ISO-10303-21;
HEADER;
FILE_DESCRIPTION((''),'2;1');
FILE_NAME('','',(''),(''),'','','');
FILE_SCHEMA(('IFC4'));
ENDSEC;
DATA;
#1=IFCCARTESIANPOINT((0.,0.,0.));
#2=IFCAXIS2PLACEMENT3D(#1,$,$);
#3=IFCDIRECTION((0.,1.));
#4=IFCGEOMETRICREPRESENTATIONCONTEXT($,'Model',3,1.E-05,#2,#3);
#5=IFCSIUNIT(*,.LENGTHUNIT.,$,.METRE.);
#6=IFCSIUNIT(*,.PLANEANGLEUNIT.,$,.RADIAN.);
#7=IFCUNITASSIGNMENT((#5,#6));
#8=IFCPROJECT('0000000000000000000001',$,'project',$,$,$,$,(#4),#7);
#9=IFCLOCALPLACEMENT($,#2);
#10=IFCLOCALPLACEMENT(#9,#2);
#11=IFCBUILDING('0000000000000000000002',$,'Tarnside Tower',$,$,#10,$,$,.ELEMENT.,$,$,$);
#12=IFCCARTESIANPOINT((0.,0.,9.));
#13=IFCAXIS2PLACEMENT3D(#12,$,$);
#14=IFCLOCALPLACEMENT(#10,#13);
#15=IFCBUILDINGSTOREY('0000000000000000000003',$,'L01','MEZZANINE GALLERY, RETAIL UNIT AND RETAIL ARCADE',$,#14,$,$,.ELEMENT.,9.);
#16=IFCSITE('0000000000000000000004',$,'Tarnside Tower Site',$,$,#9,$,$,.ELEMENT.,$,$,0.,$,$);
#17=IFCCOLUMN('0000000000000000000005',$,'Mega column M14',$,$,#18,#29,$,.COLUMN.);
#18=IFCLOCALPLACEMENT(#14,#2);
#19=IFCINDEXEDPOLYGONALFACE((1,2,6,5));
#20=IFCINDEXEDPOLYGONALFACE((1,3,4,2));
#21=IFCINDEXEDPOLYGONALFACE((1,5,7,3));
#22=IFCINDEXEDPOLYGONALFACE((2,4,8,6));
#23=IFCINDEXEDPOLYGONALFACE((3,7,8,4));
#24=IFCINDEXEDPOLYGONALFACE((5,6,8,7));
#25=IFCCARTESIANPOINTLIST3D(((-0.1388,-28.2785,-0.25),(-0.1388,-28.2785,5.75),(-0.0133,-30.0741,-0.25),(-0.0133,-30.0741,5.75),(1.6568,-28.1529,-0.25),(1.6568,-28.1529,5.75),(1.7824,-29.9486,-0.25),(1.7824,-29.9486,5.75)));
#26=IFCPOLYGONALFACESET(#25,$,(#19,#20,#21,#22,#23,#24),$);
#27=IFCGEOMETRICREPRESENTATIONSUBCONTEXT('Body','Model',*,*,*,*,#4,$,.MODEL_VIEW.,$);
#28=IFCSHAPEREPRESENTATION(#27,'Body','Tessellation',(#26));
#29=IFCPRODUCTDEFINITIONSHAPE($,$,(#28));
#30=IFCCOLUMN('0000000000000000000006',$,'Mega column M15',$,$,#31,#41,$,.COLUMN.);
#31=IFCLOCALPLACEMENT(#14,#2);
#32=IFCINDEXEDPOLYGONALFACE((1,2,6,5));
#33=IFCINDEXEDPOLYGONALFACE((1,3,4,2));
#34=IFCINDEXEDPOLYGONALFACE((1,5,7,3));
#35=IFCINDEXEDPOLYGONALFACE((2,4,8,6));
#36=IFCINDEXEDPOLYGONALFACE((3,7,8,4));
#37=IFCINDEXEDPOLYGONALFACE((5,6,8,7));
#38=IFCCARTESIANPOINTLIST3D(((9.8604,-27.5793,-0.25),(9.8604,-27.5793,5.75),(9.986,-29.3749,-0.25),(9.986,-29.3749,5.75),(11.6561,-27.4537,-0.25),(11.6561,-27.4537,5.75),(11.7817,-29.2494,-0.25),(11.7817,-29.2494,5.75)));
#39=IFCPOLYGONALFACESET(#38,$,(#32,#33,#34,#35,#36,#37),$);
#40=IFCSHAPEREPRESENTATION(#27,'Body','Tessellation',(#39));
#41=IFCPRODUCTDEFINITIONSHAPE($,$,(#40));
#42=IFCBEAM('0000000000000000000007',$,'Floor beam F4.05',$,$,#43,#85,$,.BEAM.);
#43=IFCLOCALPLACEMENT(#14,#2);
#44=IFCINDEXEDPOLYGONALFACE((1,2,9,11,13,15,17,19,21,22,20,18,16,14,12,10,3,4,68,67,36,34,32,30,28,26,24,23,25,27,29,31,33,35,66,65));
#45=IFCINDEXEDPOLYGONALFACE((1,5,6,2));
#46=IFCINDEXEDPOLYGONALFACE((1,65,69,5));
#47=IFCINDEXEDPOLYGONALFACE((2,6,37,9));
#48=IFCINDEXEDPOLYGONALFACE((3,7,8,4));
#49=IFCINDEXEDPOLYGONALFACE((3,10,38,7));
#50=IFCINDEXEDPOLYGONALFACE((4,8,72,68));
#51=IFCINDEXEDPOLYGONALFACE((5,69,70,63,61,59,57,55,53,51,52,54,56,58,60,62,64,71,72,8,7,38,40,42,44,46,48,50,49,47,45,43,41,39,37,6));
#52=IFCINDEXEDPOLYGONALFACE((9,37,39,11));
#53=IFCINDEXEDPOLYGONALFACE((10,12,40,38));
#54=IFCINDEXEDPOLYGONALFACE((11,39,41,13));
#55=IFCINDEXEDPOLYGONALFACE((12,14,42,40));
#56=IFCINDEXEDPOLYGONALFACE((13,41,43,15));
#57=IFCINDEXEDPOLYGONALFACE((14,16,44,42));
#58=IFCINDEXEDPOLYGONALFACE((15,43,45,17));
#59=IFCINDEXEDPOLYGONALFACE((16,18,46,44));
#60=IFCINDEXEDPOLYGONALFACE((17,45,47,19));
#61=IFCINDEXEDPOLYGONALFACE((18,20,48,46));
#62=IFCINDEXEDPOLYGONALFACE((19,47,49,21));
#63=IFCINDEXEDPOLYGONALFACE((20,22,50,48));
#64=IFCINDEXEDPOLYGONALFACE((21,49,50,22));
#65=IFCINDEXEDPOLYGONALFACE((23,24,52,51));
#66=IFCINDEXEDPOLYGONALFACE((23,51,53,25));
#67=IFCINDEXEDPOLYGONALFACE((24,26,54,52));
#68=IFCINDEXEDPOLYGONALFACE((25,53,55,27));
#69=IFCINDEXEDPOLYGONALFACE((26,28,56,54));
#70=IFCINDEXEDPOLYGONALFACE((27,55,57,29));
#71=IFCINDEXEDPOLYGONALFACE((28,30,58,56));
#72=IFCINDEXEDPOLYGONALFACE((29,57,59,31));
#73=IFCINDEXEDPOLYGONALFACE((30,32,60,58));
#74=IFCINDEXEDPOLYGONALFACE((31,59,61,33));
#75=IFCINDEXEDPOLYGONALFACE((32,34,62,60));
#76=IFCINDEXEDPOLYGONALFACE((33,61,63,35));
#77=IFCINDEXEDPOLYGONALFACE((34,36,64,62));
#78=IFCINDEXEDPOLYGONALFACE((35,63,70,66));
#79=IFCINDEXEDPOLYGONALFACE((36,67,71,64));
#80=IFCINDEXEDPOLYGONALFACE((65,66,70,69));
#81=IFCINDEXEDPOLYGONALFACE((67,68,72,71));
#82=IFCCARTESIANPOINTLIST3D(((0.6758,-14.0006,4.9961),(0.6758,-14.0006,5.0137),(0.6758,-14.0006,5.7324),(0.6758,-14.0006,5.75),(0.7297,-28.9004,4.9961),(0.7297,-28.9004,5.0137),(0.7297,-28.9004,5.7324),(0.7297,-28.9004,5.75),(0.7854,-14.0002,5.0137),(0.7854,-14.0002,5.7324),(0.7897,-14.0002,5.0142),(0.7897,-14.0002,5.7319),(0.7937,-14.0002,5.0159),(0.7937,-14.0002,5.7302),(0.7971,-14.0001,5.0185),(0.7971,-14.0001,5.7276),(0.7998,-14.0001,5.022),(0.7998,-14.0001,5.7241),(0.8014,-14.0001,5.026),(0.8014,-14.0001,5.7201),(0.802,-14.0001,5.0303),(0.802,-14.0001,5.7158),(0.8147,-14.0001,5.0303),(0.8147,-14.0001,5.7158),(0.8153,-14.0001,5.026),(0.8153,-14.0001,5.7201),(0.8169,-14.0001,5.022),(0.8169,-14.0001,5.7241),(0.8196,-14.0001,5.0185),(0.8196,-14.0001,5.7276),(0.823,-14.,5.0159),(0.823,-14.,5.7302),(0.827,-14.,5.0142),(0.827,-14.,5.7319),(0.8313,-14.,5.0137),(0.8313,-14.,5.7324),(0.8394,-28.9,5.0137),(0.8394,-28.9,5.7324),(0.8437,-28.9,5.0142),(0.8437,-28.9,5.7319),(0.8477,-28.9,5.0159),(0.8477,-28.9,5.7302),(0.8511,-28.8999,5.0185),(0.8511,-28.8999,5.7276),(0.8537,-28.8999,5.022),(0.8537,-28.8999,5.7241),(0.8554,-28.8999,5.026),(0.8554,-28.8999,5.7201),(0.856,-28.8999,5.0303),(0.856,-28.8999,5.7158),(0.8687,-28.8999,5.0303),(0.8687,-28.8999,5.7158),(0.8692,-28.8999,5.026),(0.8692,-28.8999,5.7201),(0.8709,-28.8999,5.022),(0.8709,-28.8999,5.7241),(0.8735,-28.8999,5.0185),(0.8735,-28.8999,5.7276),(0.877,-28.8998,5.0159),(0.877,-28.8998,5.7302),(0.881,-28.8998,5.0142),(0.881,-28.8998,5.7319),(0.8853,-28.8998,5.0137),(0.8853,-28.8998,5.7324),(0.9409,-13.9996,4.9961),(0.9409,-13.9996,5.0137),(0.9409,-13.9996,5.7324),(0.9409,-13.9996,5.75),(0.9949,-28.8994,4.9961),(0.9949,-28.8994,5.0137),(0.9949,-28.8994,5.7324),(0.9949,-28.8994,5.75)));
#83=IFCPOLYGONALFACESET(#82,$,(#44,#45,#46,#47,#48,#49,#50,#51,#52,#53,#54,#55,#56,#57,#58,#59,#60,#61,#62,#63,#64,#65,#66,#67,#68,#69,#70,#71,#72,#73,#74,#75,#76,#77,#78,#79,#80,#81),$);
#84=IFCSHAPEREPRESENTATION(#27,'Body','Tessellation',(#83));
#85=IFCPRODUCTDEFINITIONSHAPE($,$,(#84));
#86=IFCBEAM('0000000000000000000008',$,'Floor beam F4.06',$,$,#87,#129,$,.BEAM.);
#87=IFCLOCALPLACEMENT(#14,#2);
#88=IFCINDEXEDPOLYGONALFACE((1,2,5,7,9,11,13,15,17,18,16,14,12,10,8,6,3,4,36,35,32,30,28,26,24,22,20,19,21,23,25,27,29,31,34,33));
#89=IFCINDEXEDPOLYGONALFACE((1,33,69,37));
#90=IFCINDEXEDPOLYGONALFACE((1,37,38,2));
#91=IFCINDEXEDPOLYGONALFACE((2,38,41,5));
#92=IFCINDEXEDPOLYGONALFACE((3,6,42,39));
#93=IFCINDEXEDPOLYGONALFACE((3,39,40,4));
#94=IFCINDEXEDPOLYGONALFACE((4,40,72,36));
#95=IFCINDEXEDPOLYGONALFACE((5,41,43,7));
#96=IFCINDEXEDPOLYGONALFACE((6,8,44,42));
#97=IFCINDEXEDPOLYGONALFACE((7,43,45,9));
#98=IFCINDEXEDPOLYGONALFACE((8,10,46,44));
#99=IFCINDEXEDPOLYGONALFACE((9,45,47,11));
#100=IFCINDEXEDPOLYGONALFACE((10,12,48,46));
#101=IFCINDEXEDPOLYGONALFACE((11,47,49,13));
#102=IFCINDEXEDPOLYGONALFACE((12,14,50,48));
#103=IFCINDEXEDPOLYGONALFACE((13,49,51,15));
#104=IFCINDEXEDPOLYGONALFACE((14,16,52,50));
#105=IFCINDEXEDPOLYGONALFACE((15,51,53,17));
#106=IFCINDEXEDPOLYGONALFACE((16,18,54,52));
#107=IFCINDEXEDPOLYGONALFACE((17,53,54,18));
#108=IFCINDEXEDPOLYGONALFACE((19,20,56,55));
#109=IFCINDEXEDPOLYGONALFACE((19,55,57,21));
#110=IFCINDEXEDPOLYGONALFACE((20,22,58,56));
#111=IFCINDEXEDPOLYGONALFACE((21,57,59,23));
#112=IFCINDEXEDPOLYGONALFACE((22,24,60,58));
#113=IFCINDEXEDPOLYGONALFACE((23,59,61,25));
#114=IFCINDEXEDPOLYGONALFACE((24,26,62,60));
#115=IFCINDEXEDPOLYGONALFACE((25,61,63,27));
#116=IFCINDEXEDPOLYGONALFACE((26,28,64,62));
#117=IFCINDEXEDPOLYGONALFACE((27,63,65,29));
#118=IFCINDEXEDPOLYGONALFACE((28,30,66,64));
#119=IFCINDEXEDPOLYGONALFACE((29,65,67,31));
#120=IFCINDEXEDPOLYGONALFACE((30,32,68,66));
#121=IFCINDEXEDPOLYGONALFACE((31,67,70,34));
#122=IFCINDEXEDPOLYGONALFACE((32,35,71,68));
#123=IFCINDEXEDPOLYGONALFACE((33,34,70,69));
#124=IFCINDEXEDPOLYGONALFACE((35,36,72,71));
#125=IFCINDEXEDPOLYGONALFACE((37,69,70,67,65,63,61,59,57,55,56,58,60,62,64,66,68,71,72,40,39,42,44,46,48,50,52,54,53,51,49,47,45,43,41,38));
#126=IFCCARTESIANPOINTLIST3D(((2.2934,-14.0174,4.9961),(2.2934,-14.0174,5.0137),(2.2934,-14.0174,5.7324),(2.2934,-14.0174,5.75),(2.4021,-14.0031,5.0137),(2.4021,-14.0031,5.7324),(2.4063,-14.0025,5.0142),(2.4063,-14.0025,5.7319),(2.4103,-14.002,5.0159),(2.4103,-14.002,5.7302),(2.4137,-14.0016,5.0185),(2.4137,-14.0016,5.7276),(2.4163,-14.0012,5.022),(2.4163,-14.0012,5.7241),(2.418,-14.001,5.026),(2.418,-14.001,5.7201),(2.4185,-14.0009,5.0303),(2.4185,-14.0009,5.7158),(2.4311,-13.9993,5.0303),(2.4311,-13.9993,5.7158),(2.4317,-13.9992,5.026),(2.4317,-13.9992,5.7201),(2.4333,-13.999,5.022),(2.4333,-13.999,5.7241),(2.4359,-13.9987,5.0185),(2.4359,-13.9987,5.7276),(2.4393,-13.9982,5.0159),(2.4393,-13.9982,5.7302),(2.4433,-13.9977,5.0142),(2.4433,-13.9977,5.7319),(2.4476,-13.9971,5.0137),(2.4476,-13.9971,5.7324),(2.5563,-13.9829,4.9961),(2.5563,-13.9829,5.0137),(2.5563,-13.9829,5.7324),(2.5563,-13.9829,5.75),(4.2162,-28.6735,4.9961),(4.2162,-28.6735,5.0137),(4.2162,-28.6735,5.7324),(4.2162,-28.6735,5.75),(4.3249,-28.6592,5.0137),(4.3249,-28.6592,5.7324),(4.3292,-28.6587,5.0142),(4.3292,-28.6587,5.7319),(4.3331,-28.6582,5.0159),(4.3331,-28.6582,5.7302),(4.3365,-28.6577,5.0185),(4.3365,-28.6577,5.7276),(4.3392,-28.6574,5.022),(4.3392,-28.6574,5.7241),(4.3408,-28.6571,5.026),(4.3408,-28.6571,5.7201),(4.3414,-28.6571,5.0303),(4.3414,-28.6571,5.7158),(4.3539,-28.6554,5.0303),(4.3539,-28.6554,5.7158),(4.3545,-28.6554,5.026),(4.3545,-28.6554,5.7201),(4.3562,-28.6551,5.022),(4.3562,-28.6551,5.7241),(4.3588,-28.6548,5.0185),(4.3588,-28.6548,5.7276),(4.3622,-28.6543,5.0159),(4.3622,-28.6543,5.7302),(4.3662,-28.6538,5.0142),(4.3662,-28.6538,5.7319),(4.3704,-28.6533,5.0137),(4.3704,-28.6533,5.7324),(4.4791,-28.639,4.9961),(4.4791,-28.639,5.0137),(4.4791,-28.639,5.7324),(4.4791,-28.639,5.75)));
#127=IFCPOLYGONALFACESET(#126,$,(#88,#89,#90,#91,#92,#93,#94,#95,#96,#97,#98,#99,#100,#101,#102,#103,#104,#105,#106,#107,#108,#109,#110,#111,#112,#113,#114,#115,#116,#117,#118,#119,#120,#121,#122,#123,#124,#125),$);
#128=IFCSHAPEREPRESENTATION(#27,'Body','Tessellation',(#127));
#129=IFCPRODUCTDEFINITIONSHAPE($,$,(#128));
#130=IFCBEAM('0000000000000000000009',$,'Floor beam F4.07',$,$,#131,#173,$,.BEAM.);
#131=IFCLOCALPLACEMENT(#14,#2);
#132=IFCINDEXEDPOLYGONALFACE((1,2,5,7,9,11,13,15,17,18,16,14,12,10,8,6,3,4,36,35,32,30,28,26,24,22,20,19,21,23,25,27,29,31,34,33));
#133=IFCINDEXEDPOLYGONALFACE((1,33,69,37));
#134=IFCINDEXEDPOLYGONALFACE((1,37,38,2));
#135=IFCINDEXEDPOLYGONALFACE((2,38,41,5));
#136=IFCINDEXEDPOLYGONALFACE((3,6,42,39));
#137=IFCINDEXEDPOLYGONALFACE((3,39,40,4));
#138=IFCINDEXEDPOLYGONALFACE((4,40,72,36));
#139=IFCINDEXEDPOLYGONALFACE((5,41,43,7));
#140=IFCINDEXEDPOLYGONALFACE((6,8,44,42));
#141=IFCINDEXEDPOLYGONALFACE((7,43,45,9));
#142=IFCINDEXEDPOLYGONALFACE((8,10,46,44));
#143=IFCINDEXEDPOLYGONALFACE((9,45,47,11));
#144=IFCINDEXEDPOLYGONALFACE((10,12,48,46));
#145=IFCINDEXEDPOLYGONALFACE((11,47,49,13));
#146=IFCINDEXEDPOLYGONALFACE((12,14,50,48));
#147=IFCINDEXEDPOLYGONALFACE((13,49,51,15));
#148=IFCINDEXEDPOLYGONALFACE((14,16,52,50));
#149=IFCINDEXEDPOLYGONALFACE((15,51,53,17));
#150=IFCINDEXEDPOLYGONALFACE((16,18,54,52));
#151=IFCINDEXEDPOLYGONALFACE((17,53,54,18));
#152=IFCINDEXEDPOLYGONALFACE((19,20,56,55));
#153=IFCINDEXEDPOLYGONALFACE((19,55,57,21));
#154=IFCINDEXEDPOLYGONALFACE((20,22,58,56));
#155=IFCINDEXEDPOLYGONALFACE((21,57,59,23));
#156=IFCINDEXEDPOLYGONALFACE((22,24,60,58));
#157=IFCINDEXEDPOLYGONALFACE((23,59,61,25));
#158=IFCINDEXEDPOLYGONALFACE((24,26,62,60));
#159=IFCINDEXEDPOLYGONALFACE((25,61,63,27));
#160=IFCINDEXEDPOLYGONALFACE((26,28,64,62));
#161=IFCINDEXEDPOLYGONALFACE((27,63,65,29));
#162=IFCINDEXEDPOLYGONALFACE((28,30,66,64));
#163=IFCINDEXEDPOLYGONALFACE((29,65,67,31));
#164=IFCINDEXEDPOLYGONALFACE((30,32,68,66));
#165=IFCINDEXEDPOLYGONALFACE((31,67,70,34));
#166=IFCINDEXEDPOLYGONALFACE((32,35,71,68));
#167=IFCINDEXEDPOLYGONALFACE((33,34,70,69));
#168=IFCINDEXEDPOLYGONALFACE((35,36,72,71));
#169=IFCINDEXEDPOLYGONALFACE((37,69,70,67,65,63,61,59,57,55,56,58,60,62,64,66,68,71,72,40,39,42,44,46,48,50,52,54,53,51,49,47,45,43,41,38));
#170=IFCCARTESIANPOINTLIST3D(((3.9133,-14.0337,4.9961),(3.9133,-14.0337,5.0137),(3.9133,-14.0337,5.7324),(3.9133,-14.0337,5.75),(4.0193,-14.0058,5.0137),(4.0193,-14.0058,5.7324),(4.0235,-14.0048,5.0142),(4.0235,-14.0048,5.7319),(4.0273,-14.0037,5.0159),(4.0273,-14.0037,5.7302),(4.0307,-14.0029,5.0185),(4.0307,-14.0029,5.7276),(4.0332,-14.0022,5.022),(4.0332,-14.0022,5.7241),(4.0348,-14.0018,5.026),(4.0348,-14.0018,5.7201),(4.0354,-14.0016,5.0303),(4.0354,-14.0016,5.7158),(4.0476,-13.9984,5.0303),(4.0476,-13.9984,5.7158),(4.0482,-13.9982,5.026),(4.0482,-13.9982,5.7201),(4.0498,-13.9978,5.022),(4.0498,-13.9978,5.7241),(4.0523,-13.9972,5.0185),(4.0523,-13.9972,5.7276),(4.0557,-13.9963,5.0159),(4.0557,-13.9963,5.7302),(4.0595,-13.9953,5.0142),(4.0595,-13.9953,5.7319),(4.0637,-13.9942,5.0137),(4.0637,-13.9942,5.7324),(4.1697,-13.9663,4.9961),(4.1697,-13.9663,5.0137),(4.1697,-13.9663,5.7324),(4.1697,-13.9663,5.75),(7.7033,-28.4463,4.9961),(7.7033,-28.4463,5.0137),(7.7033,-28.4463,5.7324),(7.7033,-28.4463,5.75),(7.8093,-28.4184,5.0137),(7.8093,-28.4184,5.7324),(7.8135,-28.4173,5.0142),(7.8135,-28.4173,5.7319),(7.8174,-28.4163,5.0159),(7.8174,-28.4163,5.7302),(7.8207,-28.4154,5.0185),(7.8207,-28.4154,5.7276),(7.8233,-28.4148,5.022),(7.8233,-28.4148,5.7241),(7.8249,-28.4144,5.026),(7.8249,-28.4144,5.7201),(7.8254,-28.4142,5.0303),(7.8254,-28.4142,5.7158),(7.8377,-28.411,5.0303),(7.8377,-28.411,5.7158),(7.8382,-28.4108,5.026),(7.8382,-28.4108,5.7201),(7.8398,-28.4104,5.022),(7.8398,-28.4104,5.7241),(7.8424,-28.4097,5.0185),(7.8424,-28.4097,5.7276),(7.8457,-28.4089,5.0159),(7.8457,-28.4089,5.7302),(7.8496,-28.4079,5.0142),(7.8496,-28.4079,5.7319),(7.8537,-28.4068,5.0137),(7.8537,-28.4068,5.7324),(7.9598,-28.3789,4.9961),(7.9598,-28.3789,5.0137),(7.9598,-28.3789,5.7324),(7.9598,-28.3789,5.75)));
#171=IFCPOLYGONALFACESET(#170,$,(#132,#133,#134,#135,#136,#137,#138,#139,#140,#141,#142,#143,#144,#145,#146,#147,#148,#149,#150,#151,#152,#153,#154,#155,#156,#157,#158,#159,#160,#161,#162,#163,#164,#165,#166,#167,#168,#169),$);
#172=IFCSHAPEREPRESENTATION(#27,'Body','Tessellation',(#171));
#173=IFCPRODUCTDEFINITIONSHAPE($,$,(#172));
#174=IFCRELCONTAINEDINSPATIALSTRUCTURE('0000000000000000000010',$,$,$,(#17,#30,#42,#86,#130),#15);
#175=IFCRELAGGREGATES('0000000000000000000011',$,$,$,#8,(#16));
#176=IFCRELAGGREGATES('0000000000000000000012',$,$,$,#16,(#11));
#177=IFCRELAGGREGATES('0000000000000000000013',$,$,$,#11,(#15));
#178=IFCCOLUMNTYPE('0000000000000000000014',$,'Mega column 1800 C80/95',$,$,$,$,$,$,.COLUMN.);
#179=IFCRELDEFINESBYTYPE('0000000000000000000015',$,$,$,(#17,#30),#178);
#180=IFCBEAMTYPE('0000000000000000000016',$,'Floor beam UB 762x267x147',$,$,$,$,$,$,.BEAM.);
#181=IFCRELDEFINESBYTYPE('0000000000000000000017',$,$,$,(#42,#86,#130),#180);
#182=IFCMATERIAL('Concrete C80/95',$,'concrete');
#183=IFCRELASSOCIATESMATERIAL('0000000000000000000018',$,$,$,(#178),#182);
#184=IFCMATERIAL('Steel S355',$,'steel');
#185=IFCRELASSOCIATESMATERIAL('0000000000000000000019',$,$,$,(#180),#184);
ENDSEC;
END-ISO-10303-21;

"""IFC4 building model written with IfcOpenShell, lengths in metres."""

from ifc_helpers import new_model, si_unit, direction, frame, origin, origin_2d, place, context, subcontext, project, spatial, rectangle, i_section, extrude, material, material_profile, profile_set, type_object, element, save


model = new_model("IFC4")

# Units and contexts
model_context = context("Model", 3, precision=1e-05, world=origin(), true_north=direction((0.0, 1.0)))
body_context = subcontext(model_context, "Body", "Model", "MODEL_VIEW")
ifc_project = project(units=[si_unit("LENGTHUNIT", "METRE"), si_unit("PLANEANGLEUNIT", "RADIAN")], contexts=[model_context])

# Site, building, storey
site_placement = place(None, origin())
site = spatial("IfcSite", under=ifc_project, at=site_placement, Name="Tarnside Tower Site", CompositionType="ELEMENT", RefElevation=0.0)
building_placement = place(site_placement, origin())
building = spatial("IfcBuilding", under=site, at=building_placement, Name="Tarnside Tower", CompositionType="ELEMENT")
storey_placement = place(building_placement, frame((0.0, 0.0, 9.0)))
storey = spatial("IfcBuildingStorey", under=building, at=storey_placement, Name="L01", Description="MEZZANINE GALLERY, RETAIL UNIT AND RETAIL ARCADE", CompositionType="ELEMENT", Elevation=9.0)

# Columns
ifc_material_1 = material(Name="Concrete C80/95", Category="concrete")
ifc_material_profile_1 = material_profile(ifc_material_1, rectangle(XDim=1.8, YDim=1.8, at=origin_2d()), Name="Mega column 1800x1800")
ifc_profile_set_1 = profile_set([ifc_material_profile_1], Name="Concrete C80/95")
column_type = type_object("IfcColumnType", Name="Mega column 1800 C80/95", PredefinedType="COLUMN", material=ifc_profile_set_1)
for number, where, z_axis, x_axis, name in (
    (1, (0.8218, -29.1135, -0.25), (0.0, 0.0, 1.0), (-0.997564, -0.069756, 0.0), "Mega column M14"),
    (2, (10.821, -28.4143, -0.25), (0.0, 0.0, 1.0), (-0.997564, -0.069756, 0.0), "Mega column M15"),
):
    element("IfcColumn", number, at=place(storey_placement, frame(where, z_axis=z_axis, x_axis=x_axis)), inside=storey, type_object=column_type, Name=name, PredefinedType="COLUMN", context=body_context, shape_type="SweptSolid", body=[
        extrude(rectangle(XDim=1.8, YDim=1.8, at=origin_2d()), origin(), (0.0, 0.0, 1.0), 6.0),
    ])

# Beams
ifc_material_2 = material(Name="Steel S355", Category="steel")
ifc_material_profile_2 = material_profile(ifc_material_2, i_section(OverallWidth=0.2651, OverallDepth=0.7539, WebThickness=0.0127, FlangeThickness=0.0176, FilletRadius=0.0166, at=origin_2d()), Name="UB 762x267x147")
ifc_profile_set_2 = profile_set([ifc_material_profile_2], Name="Steel S355")
beam_type_1 = type_object("IfcBeamType", Name="Floor beam UB 762x267x147", PredefinedType="BEAM", material=ifc_profile_set_2)
beam_1_placement = place(storey_placement, frame((0.8623, -28.8999, 5.373), z_axis=(-0.003621, 0.999993, 0.0), x_axis=(-0.999993, -0.003621, 0.0)))
element("IfcBeam", 3, at=beam_1_placement, inside=storey, type_object=beam_type_1, Name="Floor beam F4.05", PredefinedType="BEAM", context=body_context, shape_type="SweptSolid", body=[
    extrude(i_section(OverallWidth=0.2651, OverallDepth=0.7539, WebThickness=0.0127, FlangeThickness=0.0176, FilletRadius=0.0166, at=origin_2d()), origin(), (0.0, 0.0, 1.0), 14.8999),
])
beam_2_placement = place(storey_placement, frame((4.3477, -28.6562, 5.373), z_axis=(-0.130082, 0.991503, 0.0), x_axis=(-0.991503, -0.130082, 0.0)))
element("IfcBeam", 4, at=beam_2_placement, inside=storey, type_object=beam_type_1, Name="Floor beam F4.06", PredefinedType="BEAM", context=body_context, shape_type="SweptSolid", body=[
    extrude(i_section(OverallWidth=0.2651, OverallDepth=0.7539, WebThickness=0.0127, FlangeThickness=0.0176, FilletRadius=0.0166, at=origin_2d()), origin(), (0.0, 0.0, 1.0), 14.7817),
])
beam_3_placement = place(storey_placement, frame((7.8315, -28.4126, 5.373), z_axis=(-0.254321, 0.96712, 0.0), x_axis=(-0.96712, -0.254321, 0.0)))
element("IfcBeam", 5, at=beam_3_placement, inside=storey, type_object=beam_type_1, Name="Floor beam F4.07", PredefinedType="BEAM", context=body_context, shape_type="SweptSolid", body=[
    extrude(i_section(OverallWidth=0.2651, OverallDepth=0.7539, WebThickness=0.0127, FlangeThickness=0.0176, FilletRadius=0.0166, at=origin_2d()), origin(), (0.0, 0.0, 1.0), 14.9026),
])

save(model, "model.ifc")
